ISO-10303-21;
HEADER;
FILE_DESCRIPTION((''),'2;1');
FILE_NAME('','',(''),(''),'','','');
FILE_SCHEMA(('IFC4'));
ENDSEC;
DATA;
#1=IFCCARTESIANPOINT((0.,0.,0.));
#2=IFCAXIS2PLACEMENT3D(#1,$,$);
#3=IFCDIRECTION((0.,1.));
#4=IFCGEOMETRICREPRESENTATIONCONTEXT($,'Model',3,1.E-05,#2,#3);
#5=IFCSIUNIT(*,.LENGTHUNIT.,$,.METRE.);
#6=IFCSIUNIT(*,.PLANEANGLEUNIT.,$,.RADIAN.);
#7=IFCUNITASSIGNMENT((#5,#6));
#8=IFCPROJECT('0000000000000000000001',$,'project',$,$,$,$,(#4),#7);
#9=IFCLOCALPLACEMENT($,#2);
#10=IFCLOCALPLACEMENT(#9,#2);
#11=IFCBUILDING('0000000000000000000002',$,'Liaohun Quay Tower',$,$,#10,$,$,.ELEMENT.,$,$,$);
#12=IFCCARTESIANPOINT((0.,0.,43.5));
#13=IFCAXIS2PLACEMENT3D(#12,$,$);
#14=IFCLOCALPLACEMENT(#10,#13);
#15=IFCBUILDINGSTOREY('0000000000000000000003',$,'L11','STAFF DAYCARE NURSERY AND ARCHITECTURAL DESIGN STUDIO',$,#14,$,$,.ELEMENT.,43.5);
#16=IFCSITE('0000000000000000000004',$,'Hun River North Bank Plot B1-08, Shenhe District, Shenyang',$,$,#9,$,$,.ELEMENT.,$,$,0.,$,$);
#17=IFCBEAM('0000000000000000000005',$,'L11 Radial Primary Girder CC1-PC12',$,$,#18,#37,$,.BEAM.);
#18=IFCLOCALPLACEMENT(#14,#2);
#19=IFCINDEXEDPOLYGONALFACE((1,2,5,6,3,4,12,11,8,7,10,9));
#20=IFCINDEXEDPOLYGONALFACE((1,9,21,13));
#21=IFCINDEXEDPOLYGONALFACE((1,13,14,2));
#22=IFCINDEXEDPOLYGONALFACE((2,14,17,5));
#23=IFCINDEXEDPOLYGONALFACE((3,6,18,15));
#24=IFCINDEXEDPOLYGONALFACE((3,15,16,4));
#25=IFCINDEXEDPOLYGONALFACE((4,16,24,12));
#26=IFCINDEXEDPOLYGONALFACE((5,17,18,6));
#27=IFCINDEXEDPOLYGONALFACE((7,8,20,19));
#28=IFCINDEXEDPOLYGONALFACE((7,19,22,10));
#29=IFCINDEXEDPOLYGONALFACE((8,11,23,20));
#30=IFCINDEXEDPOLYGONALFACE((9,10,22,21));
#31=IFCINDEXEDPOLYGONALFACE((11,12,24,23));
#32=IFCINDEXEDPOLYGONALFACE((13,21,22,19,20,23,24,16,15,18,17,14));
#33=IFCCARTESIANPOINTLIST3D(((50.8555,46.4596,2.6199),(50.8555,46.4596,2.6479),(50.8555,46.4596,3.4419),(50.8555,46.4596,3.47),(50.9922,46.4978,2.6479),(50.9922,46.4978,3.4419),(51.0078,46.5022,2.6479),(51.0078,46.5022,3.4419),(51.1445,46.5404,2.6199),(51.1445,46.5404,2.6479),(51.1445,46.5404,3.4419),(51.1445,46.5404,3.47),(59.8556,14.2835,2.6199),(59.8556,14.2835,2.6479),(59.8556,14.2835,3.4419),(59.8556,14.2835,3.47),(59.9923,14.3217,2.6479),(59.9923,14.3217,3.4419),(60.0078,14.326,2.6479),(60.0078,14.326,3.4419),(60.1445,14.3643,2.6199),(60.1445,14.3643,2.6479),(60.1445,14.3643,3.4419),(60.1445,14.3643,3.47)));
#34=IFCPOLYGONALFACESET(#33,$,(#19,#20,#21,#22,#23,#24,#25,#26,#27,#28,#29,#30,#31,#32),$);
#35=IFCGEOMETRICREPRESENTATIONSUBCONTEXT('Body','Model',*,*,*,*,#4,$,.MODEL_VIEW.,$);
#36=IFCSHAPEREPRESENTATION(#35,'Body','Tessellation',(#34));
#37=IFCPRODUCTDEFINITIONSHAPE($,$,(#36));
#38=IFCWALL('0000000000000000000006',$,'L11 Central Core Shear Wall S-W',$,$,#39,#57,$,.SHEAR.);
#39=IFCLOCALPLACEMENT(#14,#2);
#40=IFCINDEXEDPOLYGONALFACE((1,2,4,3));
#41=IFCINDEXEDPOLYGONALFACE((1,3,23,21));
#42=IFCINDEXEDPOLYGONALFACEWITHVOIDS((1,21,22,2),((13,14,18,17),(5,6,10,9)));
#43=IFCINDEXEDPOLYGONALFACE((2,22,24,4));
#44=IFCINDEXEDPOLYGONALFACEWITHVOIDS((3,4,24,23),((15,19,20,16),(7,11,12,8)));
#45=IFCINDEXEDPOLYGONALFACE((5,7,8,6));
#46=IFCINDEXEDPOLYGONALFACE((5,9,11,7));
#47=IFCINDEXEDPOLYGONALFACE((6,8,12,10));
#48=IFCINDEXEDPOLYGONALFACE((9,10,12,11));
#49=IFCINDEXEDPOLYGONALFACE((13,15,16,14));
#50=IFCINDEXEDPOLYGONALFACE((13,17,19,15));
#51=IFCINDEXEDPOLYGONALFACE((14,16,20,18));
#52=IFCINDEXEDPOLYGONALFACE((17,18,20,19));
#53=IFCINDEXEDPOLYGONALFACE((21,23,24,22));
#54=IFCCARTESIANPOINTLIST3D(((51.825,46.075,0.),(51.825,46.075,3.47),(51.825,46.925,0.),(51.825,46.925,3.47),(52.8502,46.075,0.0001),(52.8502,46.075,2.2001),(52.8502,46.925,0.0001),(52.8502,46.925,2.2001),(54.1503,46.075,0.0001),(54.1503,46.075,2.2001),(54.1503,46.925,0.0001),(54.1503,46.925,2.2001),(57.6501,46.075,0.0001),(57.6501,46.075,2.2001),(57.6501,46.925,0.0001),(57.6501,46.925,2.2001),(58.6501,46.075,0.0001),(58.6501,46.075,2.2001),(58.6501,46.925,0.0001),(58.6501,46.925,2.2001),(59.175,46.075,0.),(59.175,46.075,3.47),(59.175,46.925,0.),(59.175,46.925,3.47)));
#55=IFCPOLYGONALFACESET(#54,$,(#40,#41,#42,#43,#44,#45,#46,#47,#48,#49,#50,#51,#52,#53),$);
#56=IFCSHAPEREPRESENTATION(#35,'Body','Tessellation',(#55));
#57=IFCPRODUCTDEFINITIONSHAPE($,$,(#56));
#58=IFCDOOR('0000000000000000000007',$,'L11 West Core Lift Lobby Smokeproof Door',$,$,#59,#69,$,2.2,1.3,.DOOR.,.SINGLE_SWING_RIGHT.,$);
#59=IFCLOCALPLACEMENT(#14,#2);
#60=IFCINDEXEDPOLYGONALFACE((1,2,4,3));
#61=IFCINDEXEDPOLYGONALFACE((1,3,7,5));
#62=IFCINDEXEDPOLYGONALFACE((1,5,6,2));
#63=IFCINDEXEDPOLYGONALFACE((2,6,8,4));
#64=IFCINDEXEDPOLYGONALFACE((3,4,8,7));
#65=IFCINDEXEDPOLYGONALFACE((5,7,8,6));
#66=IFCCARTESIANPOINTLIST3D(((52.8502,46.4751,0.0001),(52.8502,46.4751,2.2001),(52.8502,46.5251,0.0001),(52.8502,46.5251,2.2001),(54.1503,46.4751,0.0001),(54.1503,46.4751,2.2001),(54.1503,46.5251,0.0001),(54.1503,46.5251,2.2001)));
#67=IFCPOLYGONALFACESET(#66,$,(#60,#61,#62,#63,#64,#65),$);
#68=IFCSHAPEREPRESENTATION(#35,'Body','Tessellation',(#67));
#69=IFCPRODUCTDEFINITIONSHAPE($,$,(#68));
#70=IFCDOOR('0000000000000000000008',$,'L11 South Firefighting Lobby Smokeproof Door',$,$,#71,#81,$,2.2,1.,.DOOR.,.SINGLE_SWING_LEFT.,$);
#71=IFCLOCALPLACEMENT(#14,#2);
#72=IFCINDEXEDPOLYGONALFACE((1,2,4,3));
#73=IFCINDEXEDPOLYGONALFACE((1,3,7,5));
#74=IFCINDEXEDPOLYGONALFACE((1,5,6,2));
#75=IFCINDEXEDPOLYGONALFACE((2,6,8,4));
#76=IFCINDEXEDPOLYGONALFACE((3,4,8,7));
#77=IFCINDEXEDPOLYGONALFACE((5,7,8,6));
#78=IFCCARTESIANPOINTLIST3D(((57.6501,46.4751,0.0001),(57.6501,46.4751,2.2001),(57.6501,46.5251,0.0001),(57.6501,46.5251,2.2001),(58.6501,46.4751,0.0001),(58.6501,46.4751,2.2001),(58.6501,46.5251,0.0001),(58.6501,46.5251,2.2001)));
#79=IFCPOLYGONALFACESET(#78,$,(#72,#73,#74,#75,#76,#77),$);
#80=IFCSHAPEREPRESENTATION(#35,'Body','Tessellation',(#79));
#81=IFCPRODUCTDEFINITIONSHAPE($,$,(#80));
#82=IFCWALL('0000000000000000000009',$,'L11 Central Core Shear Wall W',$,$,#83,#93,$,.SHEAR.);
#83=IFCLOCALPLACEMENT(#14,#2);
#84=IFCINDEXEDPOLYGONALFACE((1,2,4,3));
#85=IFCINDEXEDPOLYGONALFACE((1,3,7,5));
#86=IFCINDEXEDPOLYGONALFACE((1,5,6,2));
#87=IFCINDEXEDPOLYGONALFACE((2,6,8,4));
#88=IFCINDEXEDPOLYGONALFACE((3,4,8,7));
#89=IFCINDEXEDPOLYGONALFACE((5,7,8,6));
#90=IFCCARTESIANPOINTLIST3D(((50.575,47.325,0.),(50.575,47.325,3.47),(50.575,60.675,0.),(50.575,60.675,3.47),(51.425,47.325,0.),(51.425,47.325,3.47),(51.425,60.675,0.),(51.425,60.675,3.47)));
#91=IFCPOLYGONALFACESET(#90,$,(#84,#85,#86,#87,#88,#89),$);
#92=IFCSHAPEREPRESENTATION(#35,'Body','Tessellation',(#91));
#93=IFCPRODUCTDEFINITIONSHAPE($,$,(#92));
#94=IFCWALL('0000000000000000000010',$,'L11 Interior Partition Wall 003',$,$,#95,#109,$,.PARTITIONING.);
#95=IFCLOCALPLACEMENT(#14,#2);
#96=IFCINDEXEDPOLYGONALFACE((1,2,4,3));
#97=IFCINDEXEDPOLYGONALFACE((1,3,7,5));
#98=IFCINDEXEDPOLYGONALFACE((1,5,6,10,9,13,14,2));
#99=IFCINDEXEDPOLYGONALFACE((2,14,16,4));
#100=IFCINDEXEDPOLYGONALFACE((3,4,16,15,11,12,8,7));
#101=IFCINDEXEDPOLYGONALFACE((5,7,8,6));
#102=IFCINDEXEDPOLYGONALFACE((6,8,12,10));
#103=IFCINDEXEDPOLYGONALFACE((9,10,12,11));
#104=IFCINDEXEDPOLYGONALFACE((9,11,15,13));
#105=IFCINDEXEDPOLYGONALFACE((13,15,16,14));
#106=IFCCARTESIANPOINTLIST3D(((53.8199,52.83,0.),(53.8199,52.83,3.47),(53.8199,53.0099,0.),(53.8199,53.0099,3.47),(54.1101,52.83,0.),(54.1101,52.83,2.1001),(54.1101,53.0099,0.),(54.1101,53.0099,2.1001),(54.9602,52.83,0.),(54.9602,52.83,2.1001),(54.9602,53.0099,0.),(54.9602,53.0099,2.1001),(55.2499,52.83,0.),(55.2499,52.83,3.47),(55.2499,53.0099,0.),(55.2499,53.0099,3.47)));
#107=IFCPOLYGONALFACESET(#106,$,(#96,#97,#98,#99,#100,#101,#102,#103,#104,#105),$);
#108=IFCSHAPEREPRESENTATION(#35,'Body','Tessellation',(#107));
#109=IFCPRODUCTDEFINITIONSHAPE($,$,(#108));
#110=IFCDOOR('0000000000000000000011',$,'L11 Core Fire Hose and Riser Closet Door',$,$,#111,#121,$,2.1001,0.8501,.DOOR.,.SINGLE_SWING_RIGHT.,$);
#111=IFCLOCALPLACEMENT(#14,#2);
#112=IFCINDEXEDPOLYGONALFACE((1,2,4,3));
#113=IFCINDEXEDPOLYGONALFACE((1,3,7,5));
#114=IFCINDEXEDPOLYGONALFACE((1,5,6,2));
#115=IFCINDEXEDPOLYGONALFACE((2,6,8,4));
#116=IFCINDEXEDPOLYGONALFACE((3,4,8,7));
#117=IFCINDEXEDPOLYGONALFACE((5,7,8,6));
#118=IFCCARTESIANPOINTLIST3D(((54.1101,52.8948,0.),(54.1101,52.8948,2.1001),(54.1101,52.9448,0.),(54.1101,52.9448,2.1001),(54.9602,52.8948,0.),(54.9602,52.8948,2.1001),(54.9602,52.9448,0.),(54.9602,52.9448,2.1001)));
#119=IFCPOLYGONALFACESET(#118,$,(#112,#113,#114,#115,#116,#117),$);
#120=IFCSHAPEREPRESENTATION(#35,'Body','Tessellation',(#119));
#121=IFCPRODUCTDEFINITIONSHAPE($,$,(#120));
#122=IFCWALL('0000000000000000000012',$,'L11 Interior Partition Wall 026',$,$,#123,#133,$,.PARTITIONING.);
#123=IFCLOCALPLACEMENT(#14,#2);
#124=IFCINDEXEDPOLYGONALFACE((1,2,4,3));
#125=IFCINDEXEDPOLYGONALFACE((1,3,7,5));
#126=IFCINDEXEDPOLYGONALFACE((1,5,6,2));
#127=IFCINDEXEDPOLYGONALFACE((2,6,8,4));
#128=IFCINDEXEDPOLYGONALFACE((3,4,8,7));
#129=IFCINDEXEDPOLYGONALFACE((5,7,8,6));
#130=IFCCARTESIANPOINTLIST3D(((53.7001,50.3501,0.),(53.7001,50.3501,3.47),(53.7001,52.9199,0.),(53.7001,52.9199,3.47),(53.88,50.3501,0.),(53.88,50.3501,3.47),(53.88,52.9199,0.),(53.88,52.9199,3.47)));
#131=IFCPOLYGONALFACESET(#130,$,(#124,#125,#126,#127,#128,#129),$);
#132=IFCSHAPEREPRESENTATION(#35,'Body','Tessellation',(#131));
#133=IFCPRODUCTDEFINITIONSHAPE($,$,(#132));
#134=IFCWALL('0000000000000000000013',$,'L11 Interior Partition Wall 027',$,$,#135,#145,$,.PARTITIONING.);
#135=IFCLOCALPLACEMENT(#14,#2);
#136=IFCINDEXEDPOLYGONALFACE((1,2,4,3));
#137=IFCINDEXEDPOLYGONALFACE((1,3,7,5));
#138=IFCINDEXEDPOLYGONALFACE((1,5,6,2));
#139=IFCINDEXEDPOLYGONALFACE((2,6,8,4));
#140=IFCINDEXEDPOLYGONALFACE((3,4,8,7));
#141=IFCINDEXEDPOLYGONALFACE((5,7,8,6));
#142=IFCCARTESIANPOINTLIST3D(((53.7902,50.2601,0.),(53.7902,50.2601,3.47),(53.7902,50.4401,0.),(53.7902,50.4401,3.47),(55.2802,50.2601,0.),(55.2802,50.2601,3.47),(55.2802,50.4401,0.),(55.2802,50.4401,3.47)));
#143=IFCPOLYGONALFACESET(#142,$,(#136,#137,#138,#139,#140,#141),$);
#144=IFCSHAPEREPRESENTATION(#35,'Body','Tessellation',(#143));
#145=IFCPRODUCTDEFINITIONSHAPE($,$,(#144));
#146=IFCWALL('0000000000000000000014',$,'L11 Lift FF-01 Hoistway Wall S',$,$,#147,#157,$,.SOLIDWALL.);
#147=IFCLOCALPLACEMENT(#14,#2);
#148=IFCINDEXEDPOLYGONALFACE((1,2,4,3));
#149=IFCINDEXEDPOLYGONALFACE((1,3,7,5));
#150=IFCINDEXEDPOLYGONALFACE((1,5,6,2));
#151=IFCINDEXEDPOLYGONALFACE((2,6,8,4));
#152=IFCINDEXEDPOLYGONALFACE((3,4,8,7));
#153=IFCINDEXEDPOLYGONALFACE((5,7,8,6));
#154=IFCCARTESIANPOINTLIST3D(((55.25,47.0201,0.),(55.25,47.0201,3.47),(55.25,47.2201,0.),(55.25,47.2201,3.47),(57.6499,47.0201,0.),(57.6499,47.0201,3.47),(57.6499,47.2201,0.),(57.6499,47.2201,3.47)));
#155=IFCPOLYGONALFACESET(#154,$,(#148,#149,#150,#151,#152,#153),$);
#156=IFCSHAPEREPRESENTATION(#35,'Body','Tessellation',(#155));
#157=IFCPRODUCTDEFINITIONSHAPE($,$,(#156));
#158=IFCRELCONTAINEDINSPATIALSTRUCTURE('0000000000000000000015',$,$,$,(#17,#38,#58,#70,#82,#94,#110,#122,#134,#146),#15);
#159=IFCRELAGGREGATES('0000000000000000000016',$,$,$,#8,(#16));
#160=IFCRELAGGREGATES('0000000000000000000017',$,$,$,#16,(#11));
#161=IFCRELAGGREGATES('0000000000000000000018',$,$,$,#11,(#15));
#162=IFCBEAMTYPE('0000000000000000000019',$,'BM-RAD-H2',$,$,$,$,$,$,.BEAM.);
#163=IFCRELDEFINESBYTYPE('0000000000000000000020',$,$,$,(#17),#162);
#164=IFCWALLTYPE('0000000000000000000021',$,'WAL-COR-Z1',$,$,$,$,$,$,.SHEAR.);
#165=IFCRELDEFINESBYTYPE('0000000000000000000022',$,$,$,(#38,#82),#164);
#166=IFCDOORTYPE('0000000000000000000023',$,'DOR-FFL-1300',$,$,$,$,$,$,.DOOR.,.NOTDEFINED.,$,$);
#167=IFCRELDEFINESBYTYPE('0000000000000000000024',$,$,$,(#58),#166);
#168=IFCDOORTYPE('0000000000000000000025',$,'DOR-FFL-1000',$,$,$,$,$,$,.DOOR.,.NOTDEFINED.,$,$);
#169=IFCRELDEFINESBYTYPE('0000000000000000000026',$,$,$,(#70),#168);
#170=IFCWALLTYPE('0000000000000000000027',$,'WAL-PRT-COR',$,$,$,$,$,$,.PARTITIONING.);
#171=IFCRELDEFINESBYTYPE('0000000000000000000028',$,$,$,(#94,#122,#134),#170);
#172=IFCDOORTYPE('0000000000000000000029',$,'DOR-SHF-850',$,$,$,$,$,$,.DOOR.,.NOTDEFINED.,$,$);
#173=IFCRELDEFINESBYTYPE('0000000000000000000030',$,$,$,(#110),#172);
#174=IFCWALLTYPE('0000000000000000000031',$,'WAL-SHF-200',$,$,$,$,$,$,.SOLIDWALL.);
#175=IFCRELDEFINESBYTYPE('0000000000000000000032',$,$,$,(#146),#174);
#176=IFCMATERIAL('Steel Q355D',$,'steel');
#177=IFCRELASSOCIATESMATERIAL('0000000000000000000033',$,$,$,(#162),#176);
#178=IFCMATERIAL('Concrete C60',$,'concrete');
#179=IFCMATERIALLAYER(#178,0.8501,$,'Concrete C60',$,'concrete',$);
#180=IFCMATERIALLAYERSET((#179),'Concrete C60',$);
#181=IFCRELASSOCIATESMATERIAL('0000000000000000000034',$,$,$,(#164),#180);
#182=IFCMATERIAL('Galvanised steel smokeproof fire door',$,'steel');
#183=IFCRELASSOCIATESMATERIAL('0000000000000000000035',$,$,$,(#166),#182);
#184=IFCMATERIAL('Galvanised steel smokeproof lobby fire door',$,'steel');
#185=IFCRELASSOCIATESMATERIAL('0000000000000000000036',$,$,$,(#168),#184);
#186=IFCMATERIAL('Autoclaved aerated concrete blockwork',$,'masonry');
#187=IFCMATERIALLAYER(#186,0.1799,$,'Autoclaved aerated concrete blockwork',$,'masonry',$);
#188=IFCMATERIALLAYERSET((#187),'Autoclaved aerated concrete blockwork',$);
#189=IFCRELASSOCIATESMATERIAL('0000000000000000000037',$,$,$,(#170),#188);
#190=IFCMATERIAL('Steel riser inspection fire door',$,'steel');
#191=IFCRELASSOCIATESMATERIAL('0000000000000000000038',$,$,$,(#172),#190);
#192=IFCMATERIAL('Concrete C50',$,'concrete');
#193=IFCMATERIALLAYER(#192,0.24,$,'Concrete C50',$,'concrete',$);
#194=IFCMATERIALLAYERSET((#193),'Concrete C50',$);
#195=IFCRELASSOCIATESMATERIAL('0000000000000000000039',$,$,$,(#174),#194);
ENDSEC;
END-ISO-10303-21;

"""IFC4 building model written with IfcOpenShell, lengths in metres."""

from ifc_helpers import new_model, si_unit, direction, frame, frame_2d, origin, origin_2d, place, context, subcontext, project, spatial, rectangle, i_section, extrude, source, transform, mapped, material, layer, layer_set, material_profile, profile_set, type_object, element, fill, save


model = new_model("IFC4")

# Units and contexts
model_context = context("Model", 3, precision=1e-05, world=origin(), true_north=direction((0.0, 1.0)))
body_context = subcontext(model_context, "Body", "Model", "MODEL_VIEW")
ifc_project = project(units=[si_unit("LENGTHUNIT", "METRE"), si_unit("PLANEANGLEUNIT", "RADIAN")], contexts=[model_context])

# Site, building, storey
site_placement = place(None, origin())
site = spatial("IfcSite", under=ifc_project, at=site_placement, Name="Hun River North Bank Plot B1-08, Shenhe District, Shenyang", CompositionType="ELEMENT", RefElevation=0.0)
building_placement = place(site_placement, origin())
building = spatial("IfcBuilding", under=site, at=building_placement, Name="Liaohun Quay Tower", CompositionType="ELEMENT")
storey_placement = place(building_placement, frame((0.0, 0.0, 43.5)))
storey = spatial("IfcBuildingStorey", under=building, at=storey_placement, Name="L11", Description="STAFF DAYCARE NURSERY AND ARCHITECTURAL DESIGN STUDIO", CompositionType="ELEMENT", Elevation=43.5)

# Beam
ifc_material_1 = material(Name="Steel Q355D", Category="steel")
ifc_material_profile = material_profile(ifc_material_1, i_section(OverallWidth=0.3, OverallDepth=0.8501, WebThickness=0.0161, FlangeThickness=0.0281, at=origin_2d()), Name="HN850x300x16x28")
ifc_profile_set = profile_set([ifc_material_profile], Name="Steel Q355D")
beam_type = type_object("IfcBeamType", Name="BM-RAD-H2", PredefinedType="BEAM", material=ifc_profile_set)
shared_shape_1 = source(origin(), body_context, "Body", "SweptSolid", [
    extrude(i_section(OverallWidth=0.3, OverallDepth=0.8501, WebThickness=0.0161, FlangeThickness=0.0281, at=origin_2d()), origin(), (0.0, 0.0, 1.0), 33.4111),
])
beam_placement = place(storey_placement, frame((51.0, 46.5, 3.0449), z_axis=(0.269372, -0.963036, 0.0), x_axis=(0.963036, 0.269372, 0.0)))
element("IfcBeam", 1, at=beam_placement, inside=storey, type_object=beam_type, Name="L11 Radial Primary Girder CC1-PC12", PredefinedType="BEAM", context=body_context, shape_type="MappedRepresentation", body=[
    mapped(shared_shape_1, transform((0.0, 0.0, 0.0), x_axis=(1.0, 0.0, 0.0), y_axis=(0.0, 1.0, 0.0), z_axis=(0.0, 0.0, 1.0), scale=1.0)),
])

# Wall, openings, doors
ifc_material_2 = material(Name="Concrete C60", Category="concrete")
ifc_layer_1 = layer(ifc_material_2, 0.8501, Name="Concrete C60", Category="concrete")
ifc_layer_set_1 = layer_set([ifc_layer_1], Name="Concrete C60")
wall_type_1 = type_object("IfcWallType", Name="WAL-COR-Z1", PredefinedType="SHEAR", material=ifc_layer_set_1)
wall_1_placement = place(storey_placement, frame((59.175, 46.5, 0.0), z_axis=(0.0, 0.0, 1.0), x_axis=(-1.0, 0.0, 0.0)))
wall_1 = element("IfcWall", 2, at=wall_1_placement, inside=storey, type_object=wall_type_1, Name="L11 Central Core Shear Wall S-W", PredefinedType="SHEAR", context=body_context, shape_type="SweptSolid", body=[
    extrude(rectangle(XDim=7.3501, YDim=0.8501, at=frame_2d((3.675, 0.0))), origin(), (0.0, 0.0, 1.0), 3.47),
])
shared_shape_2 = source(origin(), body_context, "Body", "SweptSolid", [
    extrude(rectangle(XDim=1.3, YDim=2.2, at=frame_2d((0.6499, 1.1001))), frame((0.0, 0.4351, 0.0), z_axis=(0.0, -1.0, 0.0), x_axis=(1.0, 0.0, 0.0)), (0.0, 0.0, 1.0), 0.8701),
])
opening_1_placement = place(wall_1_placement, frame((5.0249, 0.0, 0.0)))
opening_1 = element("IfcOpeningElement", 3, at=opening_1_placement, cuts=wall_1, PredefinedType="OPENING", context=body_context, shape_type="MappedRepresentation", body=[
    mapped(shared_shape_2, transform((0.0, 0.0, 0.0), x_axis=(1.0, 0.0, 0.0), y_axis=(0.0, 1.0, 0.0), z_axis=(0.0, 0.0, 1.0), scale=1.0)),
])
shared_shape_3 = source(origin(), body_context, "Body", "SweptSolid", [
    extrude(rectangle(XDim=1.0, YDim=2.2, at=frame_2d((0.5, 1.1001))), frame((0.0, 0.4351, 0.0), z_axis=(0.0, -1.0, 0.0), x_axis=(1.0, 0.0, 0.0)), (0.0, 0.0, 1.0), 0.8701),
])
opening_2_placement = place(wall_1_placement, frame((0.5249, 0.0, 0.0)))
opening_2 = element("IfcOpeningElement", 4, at=opening_2_placement, cuts=wall_1, PredefinedType="OPENING", context=body_context, shape_type="MappedRepresentation", body=[
    mapped(shared_shape_3, transform((0.0, 0.0, 0.0), x_axis=(1.0, 0.0, 0.0), y_axis=(0.0, 1.0, 0.0), z_axis=(0.0, 0.0, 1.0), scale=1.0)),
])
ifc_material_3 = material(Name="Galvanised steel smokeproof fire door", Category="steel")
door_type_1 = type_object("IfcDoorType", Name="DOR-FFL-1300", OperationType="NOTDEFINED", PredefinedType="DOOR", material=ifc_material_3)
shared_shape_4 = source(origin(), body_context, "Body", "SweptSolid", [
    extrude(rectangle(XDim=1.3, YDim=2.2, at=frame_2d((0.6499, 1.1001))), frame((0.0, 0.0249, 0.0), z_axis=(0.0, -1.0, 0.0), x_axis=(1.0, 0.0, 0.0)), (0.0, 0.0, 1.0), 0.05),
])
door_1_placement = place(opening_1_placement, origin())
door_1 = element("IfcDoor", 5, at=door_1_placement, inside=storey, type_object=door_type_1, Name="L11 West Core Lift Lobby Smokeproof Door", OperationType="SINGLE_SWING_RIGHT", OverallHeight=2.2, OverallWidth=1.3, PredefinedType="DOOR", context=body_context, shape_type="MappedRepresentation", body=[
    mapped(shared_shape_4, transform((0.0, 0.0, 0.0), x_axis=(1.0, 0.0, 0.0), y_axis=(0.0, 1.0, 0.0), z_axis=(0.0, 0.0, 1.0), scale=1.0)),
])
fill(opening_1, door_1)
ifc_material_4 = material(Name="Galvanised steel smokeproof lobby fire door", Category="steel")
door_type_2 = type_object("IfcDoorType", Name="DOR-FFL-1000", OperationType="NOTDEFINED", PredefinedType="DOOR", material=ifc_material_4)
shared_shape_5 = source(origin(), body_context, "Body", "SweptSolid", [
    extrude(rectangle(XDim=1.0, YDim=2.2, at=frame_2d((0.5, 1.1001))), frame((0.0, 0.0249, 0.0), z_axis=(0.0, -1.0, 0.0), x_axis=(1.0, 0.0, 0.0)), (0.0, 0.0, 1.0), 0.05),
])
door_2_placement = place(opening_2_placement, origin())
door_2 = element("IfcDoor", 6, at=door_2_placement, inside=storey, type_object=door_type_2, Name="L11 South Firefighting Lobby Smokeproof Door", OperationType="SINGLE_SWING_LEFT", OverallHeight=2.2, OverallWidth=1.0, PredefinedType="DOOR", context=body_context, shape_type="MappedRepresentation", body=[
    mapped(shared_shape_5, transform((0.0, 0.0, 0.0), x_axis=(1.0, 0.0, 0.0), y_axis=(0.0, 1.0, 0.0), z_axis=(0.0, 0.0, 1.0), scale=1.0)),
])
fill(opening_2, door_2)

# Wall
wall_2_placement = place(storey_placement, frame((51.0, 47.325, 0.0), z_axis=(0.0, 0.0, 1.0), x_axis=(0.0, 1.0, 0.0)))
element("IfcWall", 7, at=wall_2_placement, inside=storey, type_object=wall_type_1, Name="L11 Central Core Shear Wall W", PredefinedType="SHEAR", context=body_context, shape_type="SweptSolid", body=[
    extrude(rectangle(XDim=13.3501, YDim=0.8501, at=frame_2d((6.675, 0.0))), origin(), (0.0, 0.0, 1.0), 3.47),
])

# Wall, opening, door
ifc_material_5 = material(Name="Autoclaved aerated concrete blockwork", Category="masonry")
ifc_layer_2 = layer(ifc_material_5, 0.1799, Name="Autoclaved aerated concrete blockwork", Category="masonry")
ifc_layer_set_2 = layer_set([ifc_layer_2], Name="Autoclaved aerated concrete blockwork")
wall_type_2 = type_object("IfcWallType", Name="WAL-PRT-COR", PredefinedType="PARTITIONING", material=ifc_layer_set_2)
wall_3_placement = place(storey_placement, frame((53.8201, 52.9199, 0.0), z_axis=(0.0, 0.0, 1.0), x_axis=(1.0, 0.0, 0.0)))
wall_3 = element("IfcWall", 8, at=wall_3_placement, inside=storey, type_object=wall_type_2, Name="L11 Interior Partition Wall 003", PredefinedType="PARTITIONING", context=body_context, shape_type="SweptSolid", body=[
    extrude(rectangle(XDim=1.4299, YDim=0.1799, at=frame_2d((0.7148, 0.0))), origin(), (0.0, 0.0, 1.0), 3.47),
])
shared_shape_6 = source(origin(), body_context, "Body", "SweptSolid", [
    extrude(rectangle(XDim=0.8501, YDim=2.1001, at=frame_2d((0.425, 1.05))), frame((0.0, 0.0999, 0.0), z_axis=(0.0, -1.0, 0.0), x_axis=(1.0, 0.0, 0.0)), (0.0, 0.0, 1.0), 0.2),
])
opening_3_placement = place(wall_3_placement, frame((0.29, 0.0, 0.0)))
opening_3 = element("IfcOpeningElement", 9, at=opening_3_placement, cuts=wall_3, PredefinedType="OPENING", context=body_context, shape_type="MappedRepresentation", body=[
    mapped(shared_shape_6, transform((0.0, 0.0, 0.0), x_axis=(1.0, 0.0, 0.0), y_axis=(0.0, 1.0, 0.0), z_axis=(0.0, 0.0, 1.0), scale=1.0)),
])
ifc_material_6 = material(Name="Steel riser inspection fire door", Category="steel")
door_type_3 = type_object("IfcDoorType", Name="DOR-SHF-850", OperationType="NOTDEFINED", PredefinedType="DOOR", material=ifc_material_6)
shared_shape_7 = source(origin(), body_context, "Body", "SweptSolid", [
    extrude(rectangle(XDim=0.8501, YDim=2.1001, at=frame_2d((0.425, 1.05))), frame((0.0, 0.0249, 0.0), z_axis=(0.0, -1.0, 0.0), x_axis=(1.0, 0.0, 0.0)), (0.0, 0.0, 1.0), 0.05),
])
door_3_placement = place(opening_3_placement, origin())
door_3 = element("IfcDoor", 10, at=door_3_placement, inside=storey, type_object=door_type_3, Name="L11 Core Fire Hose and Riser Closet Door", OperationType="SINGLE_SWING_RIGHT", OverallHeight=2.1001, OverallWidth=0.8501, PredefinedType="DOOR", context=body_context, shape_type="MappedRepresentation", body=[
    mapped(shared_shape_7, transform((0.0, 0.0, 0.0), x_axis=(1.0, 0.0, 0.0), y_axis=(0.0, 1.0, 0.0), z_axis=(0.0, 0.0, 1.0), scale=1.0)),
])
fill(opening_3, door_3)

# Walls
wall_4_placement = place(storey_placement, frame((53.79, 50.3501, 0.0), z_axis=(0.0, 0.0, 1.0), x_axis=(0.0, 1.0, 0.0)))
element("IfcWall", 11, at=wall_4_placement, inside=storey, type_object=wall_type_2, Name="L11 Interior Partition Wall 026", PredefinedType="PARTITIONING", context=body_context, shape_type="SweptSolid", body=[
    extrude(rectangle(XDim=2.5698, YDim=0.1799, at=frame_2d((1.2849, 0.0))), origin(), (0.0, 0.0, 1.0), 3.47),
])
wall_5_placement = place(storey_placement, frame((53.79, 50.3501, 0.0), z_axis=(0.0, 0.0, 1.0), x_axis=(1.0, 0.0, 0.0)))
element("IfcWall", 12, at=wall_5_placement, inside=storey, type_object=wall_type_2, Name="L11 Interior Partition Wall 027", PredefinedType="PARTITIONING", context=body_context, shape_type="SweptSolid", body=[
    extrude(rectangle(XDim=1.49, YDim=0.1799, at=frame_2d((0.7451, 0.0))), origin(), (0.0, 0.0, 1.0), 3.47),
])
ifc_material_7 = material(Name="Concrete C50", Category="concrete")
ifc_layer_3 = layer(ifc_material_7, 0.24, Name="Concrete C50", Category="concrete")
ifc_layer_set_3 = layer_set([ifc_layer_3], Name="Concrete C50")
wall_type_3 = type_object("IfcWallType", Name="WAL-SHF-200", PredefinedType="SOLIDWALL", material=ifc_layer_set_3)
wall_6_placement = place(storey_placement, frame((55.25, 47.1201, 0.0), z_axis=(0.0, 0.0, 1.0), x_axis=(1.0, 0.0, 0.0)))
element("IfcWall", 13, at=wall_6_placement, inside=storey, type_object=wall_type_3, Name="L11 Lift FF-01 Hoistway Wall S", PredefinedType="SOLIDWALL", context=body_context, shape_type="SweptSolid", body=[
    extrude(rectangle(XDim=2.3999, YDim=0.2, at=frame_2d((1.2, 0.0))), origin(), (0.0, 0.0, 1.0), 3.47),
])

save(model, "model.ifc")
